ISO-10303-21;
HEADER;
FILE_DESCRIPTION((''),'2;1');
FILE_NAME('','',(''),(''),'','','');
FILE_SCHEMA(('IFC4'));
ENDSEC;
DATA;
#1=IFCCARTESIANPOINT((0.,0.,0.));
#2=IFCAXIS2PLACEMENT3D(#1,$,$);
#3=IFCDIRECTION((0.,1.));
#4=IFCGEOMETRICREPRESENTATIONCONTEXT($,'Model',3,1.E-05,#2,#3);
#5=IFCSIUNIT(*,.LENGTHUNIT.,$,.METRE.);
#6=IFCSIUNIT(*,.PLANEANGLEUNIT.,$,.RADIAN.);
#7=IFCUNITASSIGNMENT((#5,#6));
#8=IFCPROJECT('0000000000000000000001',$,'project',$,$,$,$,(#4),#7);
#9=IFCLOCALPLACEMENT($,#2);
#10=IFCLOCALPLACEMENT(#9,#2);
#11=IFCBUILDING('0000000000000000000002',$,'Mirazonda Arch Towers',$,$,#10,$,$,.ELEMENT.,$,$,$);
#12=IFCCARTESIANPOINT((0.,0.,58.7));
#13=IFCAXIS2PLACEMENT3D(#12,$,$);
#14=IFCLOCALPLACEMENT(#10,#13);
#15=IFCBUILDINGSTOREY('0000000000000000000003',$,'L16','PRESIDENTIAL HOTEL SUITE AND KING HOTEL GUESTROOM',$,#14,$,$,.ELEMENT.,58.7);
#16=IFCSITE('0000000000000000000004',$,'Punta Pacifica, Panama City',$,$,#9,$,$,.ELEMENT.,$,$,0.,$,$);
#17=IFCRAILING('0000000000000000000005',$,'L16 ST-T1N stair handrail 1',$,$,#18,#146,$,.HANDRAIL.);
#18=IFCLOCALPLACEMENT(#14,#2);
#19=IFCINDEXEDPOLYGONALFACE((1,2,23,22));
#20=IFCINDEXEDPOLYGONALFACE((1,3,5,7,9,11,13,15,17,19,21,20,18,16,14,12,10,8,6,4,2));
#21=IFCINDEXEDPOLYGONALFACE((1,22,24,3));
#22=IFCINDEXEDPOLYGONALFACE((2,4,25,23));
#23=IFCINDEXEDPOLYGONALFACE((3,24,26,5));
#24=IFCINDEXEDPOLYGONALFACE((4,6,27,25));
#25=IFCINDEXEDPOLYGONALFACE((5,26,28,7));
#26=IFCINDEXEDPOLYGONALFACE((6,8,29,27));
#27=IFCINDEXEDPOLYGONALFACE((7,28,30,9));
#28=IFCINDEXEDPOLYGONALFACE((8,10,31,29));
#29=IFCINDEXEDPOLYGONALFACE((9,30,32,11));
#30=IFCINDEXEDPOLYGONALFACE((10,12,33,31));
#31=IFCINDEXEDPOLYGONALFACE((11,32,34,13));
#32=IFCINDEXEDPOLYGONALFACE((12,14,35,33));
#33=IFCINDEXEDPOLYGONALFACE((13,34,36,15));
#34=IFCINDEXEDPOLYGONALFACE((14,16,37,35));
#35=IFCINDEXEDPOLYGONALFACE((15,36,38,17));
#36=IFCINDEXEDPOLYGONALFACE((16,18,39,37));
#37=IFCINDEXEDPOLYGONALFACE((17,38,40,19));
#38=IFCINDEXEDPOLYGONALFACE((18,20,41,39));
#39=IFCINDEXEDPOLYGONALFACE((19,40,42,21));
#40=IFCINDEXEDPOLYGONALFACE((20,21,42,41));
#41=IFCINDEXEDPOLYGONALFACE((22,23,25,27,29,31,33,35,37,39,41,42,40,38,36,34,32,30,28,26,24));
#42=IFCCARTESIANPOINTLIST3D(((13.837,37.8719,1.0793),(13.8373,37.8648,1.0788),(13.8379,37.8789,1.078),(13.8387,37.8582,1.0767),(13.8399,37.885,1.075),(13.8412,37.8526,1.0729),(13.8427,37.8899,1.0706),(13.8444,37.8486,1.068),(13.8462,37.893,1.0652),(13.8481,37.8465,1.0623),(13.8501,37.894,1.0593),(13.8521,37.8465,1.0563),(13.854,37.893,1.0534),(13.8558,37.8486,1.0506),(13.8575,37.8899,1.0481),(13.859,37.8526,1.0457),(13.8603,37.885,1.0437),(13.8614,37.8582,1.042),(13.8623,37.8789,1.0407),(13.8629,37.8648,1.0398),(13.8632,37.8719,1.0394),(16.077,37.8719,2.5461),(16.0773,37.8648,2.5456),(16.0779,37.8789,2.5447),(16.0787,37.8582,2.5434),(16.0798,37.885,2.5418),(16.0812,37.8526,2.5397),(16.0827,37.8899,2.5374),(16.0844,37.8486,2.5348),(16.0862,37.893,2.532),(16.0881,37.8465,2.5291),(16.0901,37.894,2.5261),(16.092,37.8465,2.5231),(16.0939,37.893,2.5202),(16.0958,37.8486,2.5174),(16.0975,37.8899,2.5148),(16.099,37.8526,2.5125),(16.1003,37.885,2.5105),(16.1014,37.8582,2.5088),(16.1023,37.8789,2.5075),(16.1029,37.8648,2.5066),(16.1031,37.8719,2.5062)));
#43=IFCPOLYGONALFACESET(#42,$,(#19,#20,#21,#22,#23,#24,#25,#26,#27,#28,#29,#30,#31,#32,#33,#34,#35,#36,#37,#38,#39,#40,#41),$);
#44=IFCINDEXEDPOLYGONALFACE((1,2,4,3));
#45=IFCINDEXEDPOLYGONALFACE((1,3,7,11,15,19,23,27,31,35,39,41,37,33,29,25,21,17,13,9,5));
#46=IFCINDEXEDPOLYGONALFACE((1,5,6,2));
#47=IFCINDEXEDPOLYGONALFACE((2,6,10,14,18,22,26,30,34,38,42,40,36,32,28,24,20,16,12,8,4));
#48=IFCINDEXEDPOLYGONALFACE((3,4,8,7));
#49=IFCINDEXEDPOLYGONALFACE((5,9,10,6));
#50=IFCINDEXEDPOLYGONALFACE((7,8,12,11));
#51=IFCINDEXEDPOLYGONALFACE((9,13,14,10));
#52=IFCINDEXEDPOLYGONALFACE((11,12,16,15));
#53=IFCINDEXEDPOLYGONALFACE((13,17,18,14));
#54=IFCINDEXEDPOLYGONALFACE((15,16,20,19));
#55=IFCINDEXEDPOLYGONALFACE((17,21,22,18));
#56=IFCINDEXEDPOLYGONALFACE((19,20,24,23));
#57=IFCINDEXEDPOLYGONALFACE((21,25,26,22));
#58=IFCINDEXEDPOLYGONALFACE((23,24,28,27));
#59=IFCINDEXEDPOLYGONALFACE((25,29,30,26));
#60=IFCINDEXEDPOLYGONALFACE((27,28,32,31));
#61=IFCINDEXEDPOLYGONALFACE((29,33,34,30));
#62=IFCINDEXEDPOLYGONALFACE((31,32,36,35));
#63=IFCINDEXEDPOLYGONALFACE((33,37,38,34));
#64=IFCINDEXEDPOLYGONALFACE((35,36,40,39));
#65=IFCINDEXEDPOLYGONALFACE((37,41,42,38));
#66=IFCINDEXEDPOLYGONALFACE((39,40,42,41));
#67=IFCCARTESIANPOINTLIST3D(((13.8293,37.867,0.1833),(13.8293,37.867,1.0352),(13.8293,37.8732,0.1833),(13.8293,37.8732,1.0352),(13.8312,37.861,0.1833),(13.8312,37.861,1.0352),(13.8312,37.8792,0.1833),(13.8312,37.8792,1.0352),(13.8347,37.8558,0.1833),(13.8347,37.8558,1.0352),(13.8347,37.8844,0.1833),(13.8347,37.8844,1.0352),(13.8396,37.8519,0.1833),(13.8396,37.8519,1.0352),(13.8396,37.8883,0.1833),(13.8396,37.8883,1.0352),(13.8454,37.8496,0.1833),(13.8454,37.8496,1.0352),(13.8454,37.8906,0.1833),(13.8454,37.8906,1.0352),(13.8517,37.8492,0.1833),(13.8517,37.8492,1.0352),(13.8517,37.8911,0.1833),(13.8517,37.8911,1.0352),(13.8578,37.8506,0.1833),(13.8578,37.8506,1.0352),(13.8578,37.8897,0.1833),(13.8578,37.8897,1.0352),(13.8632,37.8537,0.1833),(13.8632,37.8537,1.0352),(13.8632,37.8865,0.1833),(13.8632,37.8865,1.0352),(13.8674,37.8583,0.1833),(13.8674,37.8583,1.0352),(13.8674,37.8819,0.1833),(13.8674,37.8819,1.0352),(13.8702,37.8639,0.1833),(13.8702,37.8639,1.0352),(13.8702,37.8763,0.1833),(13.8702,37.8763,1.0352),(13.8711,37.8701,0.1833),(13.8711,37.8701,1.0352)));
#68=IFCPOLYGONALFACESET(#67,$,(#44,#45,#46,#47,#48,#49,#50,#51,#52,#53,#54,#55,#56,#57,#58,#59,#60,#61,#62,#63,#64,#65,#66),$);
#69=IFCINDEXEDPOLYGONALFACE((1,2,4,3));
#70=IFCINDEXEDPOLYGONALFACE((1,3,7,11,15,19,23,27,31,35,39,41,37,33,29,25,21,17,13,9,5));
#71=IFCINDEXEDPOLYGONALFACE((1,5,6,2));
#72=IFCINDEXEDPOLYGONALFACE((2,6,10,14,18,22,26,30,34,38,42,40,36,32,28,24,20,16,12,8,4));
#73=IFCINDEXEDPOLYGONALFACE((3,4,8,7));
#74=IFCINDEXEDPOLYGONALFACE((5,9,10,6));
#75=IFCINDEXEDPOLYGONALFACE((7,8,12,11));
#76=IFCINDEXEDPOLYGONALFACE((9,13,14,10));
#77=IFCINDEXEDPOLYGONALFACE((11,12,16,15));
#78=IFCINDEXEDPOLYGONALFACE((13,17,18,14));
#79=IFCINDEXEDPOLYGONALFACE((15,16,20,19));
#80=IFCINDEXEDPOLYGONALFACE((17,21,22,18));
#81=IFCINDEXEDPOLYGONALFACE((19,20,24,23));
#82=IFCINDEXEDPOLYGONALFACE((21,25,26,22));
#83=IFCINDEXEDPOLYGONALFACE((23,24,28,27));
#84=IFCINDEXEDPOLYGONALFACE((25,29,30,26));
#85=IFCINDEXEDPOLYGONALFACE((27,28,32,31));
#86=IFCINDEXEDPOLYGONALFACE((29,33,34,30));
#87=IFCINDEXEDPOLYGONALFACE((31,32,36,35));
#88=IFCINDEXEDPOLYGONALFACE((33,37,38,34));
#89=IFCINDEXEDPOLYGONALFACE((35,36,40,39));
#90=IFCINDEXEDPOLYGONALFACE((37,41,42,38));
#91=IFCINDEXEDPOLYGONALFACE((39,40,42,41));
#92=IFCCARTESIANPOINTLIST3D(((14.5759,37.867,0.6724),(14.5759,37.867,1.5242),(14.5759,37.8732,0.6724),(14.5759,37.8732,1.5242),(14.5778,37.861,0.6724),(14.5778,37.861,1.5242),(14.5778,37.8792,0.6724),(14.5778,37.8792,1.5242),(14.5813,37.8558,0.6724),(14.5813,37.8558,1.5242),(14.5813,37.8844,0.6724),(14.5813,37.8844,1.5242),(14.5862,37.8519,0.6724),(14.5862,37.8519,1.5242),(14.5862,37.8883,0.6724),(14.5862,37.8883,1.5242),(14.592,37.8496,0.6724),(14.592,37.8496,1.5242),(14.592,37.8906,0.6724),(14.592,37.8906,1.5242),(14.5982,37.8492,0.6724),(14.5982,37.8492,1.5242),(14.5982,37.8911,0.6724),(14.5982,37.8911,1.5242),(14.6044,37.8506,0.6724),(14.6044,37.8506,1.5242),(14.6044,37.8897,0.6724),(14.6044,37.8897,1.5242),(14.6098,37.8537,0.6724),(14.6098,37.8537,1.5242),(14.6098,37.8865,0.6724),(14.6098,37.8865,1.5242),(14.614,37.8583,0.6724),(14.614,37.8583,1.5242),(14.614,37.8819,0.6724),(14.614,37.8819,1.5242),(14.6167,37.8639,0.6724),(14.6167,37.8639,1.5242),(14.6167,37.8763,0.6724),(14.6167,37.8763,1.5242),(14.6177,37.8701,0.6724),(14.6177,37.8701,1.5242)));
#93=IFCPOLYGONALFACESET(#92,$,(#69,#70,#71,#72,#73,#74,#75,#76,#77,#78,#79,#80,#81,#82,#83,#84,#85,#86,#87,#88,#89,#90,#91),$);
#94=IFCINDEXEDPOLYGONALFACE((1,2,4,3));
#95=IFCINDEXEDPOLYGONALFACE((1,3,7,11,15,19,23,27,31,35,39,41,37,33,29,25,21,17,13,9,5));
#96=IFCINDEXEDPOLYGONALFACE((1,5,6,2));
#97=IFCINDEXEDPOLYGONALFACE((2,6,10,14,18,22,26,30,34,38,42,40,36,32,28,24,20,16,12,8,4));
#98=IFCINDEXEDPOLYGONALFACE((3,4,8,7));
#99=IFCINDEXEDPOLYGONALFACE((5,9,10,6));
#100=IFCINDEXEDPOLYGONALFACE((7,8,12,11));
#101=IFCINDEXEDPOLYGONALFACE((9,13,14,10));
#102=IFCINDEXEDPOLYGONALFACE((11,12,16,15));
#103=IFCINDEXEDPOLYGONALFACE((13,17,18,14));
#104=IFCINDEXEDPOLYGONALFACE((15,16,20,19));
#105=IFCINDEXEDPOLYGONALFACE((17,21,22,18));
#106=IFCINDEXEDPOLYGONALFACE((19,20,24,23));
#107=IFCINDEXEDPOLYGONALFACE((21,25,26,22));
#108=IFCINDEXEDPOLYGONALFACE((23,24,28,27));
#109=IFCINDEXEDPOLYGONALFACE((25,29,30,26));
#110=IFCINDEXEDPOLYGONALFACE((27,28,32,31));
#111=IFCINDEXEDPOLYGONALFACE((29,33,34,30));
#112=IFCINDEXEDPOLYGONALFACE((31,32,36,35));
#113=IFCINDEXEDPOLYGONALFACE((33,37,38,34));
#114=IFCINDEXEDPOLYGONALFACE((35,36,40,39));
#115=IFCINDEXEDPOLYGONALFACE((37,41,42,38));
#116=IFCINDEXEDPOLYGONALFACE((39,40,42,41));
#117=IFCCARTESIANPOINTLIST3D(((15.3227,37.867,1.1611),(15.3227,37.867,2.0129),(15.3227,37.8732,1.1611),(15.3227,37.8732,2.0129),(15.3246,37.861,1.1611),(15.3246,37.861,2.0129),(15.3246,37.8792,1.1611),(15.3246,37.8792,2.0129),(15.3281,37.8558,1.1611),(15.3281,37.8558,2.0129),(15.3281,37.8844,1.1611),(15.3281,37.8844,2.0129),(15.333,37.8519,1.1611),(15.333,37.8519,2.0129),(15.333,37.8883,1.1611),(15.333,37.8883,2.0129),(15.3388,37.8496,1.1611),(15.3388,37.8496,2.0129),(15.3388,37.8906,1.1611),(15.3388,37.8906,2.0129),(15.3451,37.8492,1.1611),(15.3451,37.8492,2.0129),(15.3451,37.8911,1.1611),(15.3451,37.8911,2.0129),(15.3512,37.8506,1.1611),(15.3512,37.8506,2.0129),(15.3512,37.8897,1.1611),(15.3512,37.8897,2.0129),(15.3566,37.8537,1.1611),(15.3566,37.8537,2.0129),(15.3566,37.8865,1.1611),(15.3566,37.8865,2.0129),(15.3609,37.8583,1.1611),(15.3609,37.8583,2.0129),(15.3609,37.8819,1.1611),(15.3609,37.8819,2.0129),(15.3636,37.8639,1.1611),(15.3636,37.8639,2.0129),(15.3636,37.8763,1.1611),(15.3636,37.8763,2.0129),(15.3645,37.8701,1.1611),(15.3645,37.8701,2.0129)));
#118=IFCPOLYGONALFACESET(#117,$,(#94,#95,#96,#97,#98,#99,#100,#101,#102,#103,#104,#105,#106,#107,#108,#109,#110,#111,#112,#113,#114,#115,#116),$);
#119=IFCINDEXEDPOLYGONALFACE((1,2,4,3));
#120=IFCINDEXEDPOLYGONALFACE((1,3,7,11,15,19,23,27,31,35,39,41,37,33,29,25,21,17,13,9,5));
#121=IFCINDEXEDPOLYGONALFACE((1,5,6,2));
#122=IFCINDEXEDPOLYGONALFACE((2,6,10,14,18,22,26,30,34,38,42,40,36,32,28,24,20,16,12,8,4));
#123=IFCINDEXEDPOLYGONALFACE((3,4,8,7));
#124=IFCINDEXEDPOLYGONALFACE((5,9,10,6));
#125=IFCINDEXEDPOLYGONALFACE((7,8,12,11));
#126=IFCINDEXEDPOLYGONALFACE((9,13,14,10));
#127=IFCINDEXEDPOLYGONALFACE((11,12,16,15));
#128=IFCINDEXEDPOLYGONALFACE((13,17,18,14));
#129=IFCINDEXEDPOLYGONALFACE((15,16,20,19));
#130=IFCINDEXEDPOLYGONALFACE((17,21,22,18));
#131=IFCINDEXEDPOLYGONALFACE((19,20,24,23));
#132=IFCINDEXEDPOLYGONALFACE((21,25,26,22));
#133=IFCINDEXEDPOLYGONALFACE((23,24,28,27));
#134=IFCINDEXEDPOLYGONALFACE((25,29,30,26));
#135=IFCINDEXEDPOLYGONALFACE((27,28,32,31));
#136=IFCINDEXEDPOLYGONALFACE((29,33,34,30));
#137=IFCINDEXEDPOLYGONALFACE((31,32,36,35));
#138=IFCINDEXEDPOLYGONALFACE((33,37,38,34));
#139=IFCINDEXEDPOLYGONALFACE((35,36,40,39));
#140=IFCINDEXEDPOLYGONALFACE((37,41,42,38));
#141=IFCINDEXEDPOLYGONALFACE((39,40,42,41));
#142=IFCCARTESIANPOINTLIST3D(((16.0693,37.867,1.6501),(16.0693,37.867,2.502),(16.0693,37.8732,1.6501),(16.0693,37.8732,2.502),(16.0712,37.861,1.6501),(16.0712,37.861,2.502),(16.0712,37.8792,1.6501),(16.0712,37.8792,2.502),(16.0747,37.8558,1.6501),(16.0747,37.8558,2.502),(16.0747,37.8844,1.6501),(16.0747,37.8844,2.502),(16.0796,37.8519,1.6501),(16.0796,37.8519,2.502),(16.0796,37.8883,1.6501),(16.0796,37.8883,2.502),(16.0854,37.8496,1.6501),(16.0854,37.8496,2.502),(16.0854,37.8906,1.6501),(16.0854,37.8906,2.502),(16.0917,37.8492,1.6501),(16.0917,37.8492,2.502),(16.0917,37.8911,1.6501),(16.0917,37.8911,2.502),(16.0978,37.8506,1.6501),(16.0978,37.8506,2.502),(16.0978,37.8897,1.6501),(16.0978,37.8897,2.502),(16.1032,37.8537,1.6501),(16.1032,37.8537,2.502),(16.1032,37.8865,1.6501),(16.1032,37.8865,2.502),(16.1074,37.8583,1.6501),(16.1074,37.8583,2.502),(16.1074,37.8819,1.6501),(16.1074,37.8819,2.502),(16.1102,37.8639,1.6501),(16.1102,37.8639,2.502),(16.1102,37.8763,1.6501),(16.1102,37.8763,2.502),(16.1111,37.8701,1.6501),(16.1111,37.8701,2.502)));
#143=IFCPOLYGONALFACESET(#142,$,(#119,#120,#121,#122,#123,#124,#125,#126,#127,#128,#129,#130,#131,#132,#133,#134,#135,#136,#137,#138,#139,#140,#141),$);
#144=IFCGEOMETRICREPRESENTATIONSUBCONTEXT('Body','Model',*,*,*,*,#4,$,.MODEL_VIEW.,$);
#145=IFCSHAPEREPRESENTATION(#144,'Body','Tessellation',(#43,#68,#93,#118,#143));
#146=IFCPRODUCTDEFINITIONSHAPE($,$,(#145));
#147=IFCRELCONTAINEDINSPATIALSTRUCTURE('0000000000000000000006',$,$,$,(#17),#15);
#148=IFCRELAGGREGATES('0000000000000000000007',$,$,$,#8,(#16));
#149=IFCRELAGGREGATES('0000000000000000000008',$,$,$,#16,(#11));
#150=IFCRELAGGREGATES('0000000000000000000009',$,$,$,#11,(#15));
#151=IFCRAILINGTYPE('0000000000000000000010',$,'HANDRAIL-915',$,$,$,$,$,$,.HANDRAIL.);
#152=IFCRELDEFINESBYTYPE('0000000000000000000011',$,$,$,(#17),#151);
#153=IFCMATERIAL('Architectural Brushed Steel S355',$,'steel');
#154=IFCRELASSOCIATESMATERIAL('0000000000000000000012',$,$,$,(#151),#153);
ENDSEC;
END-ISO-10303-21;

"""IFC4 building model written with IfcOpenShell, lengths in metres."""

from ifc_helpers import new_model, si_unit, direction, frame, origin, origin_2d, place, context, subcontext, project, spatial, circle, extrude, material, type_object, element, save


model = new_model("IFC4")

# Units and contexts
model_context = context("Model", 3, precision=1e-05, world=origin(), true_north=direction((0.0, 1.0)))
body_context = subcontext(model_context, "Body", "Model", "MODEL_VIEW")
ifc_project = project(units=[si_unit("LENGTHUNIT", "METRE"), si_unit("PLANEANGLEUNIT", "RADIAN")], contexts=[model_context])

# Site, building, storey
site_placement = place(None, origin())
site = spatial("IfcSite", under=ifc_project, at=site_placement, Name="Punta Pacifica, Panama City", CompositionType="ELEMENT", RefElevation=0.0)
building_placement = place(site_placement, origin())
building = spatial("IfcBuilding", under=site, at=building_placement, Name="Mirazonda Arch Towers", CompositionType="ELEMENT")
storey_placement = place(building_placement, frame((0.0, 0.0, 58.7)))
storey = spatial("IfcBuildingStorey", under=building, at=storey_placement, Name="L16", Description="PRESIDENTIAL HOTEL SUITE AND KING HOTEL GUESTROOM", CompositionType="ELEMENT", Elevation=58.7)

# Shared definitions
ifc_material_1 = material(Name="Architectural Brushed Steel S355", Category="steel")

# Railing
railing_type = type_object("IfcRailingType", Name="HANDRAIL-915", PredefinedType="HANDRAIL", material=ifc_material_1)
railing_placement = place(storey_placement, frame((13.8501, 37.8701, 0.1833)))
element("IfcRailing", 1, at=railing_placement, inside=storey, type_object=railing_type, Name="L16 ST-T1N stair handrail 1", PredefinedType="HANDRAIL", context=body_context, shape_type="SweptSolid", body=[
    extrude(circle(Radius=0.0239, at=origin_2d()), frame((0.0, 0.0, 0.876), z_axis=(0.836595, 0.0, 0.547822), x_axis=(0.0, 1.0, 0.0)), (0.0, 0.0, 1.0), 2.6775),
    extrude(circle(Radius=0.021, at=origin_2d()), origin(), (0.0, 0.0, 1.0), 0.8518),
    extrude(circle(Radius=0.021, at=origin_2d()), frame((0.7466, 0.0, 0.489)), (0.0, 0.0, 1.0), 0.8518),
    extrude(circle(Radius=0.021, at=origin_2d()), frame((1.4934, 0.0, 0.9778)), (0.0, 0.0, 1.0), 0.8518),
    extrude(circle(Radius=0.021, at=origin_2d()), frame((2.24, 0.0, 1.4668)), (0.0, 0.0, 1.0), 0.8518),
])

save(model, "model.ifc")
